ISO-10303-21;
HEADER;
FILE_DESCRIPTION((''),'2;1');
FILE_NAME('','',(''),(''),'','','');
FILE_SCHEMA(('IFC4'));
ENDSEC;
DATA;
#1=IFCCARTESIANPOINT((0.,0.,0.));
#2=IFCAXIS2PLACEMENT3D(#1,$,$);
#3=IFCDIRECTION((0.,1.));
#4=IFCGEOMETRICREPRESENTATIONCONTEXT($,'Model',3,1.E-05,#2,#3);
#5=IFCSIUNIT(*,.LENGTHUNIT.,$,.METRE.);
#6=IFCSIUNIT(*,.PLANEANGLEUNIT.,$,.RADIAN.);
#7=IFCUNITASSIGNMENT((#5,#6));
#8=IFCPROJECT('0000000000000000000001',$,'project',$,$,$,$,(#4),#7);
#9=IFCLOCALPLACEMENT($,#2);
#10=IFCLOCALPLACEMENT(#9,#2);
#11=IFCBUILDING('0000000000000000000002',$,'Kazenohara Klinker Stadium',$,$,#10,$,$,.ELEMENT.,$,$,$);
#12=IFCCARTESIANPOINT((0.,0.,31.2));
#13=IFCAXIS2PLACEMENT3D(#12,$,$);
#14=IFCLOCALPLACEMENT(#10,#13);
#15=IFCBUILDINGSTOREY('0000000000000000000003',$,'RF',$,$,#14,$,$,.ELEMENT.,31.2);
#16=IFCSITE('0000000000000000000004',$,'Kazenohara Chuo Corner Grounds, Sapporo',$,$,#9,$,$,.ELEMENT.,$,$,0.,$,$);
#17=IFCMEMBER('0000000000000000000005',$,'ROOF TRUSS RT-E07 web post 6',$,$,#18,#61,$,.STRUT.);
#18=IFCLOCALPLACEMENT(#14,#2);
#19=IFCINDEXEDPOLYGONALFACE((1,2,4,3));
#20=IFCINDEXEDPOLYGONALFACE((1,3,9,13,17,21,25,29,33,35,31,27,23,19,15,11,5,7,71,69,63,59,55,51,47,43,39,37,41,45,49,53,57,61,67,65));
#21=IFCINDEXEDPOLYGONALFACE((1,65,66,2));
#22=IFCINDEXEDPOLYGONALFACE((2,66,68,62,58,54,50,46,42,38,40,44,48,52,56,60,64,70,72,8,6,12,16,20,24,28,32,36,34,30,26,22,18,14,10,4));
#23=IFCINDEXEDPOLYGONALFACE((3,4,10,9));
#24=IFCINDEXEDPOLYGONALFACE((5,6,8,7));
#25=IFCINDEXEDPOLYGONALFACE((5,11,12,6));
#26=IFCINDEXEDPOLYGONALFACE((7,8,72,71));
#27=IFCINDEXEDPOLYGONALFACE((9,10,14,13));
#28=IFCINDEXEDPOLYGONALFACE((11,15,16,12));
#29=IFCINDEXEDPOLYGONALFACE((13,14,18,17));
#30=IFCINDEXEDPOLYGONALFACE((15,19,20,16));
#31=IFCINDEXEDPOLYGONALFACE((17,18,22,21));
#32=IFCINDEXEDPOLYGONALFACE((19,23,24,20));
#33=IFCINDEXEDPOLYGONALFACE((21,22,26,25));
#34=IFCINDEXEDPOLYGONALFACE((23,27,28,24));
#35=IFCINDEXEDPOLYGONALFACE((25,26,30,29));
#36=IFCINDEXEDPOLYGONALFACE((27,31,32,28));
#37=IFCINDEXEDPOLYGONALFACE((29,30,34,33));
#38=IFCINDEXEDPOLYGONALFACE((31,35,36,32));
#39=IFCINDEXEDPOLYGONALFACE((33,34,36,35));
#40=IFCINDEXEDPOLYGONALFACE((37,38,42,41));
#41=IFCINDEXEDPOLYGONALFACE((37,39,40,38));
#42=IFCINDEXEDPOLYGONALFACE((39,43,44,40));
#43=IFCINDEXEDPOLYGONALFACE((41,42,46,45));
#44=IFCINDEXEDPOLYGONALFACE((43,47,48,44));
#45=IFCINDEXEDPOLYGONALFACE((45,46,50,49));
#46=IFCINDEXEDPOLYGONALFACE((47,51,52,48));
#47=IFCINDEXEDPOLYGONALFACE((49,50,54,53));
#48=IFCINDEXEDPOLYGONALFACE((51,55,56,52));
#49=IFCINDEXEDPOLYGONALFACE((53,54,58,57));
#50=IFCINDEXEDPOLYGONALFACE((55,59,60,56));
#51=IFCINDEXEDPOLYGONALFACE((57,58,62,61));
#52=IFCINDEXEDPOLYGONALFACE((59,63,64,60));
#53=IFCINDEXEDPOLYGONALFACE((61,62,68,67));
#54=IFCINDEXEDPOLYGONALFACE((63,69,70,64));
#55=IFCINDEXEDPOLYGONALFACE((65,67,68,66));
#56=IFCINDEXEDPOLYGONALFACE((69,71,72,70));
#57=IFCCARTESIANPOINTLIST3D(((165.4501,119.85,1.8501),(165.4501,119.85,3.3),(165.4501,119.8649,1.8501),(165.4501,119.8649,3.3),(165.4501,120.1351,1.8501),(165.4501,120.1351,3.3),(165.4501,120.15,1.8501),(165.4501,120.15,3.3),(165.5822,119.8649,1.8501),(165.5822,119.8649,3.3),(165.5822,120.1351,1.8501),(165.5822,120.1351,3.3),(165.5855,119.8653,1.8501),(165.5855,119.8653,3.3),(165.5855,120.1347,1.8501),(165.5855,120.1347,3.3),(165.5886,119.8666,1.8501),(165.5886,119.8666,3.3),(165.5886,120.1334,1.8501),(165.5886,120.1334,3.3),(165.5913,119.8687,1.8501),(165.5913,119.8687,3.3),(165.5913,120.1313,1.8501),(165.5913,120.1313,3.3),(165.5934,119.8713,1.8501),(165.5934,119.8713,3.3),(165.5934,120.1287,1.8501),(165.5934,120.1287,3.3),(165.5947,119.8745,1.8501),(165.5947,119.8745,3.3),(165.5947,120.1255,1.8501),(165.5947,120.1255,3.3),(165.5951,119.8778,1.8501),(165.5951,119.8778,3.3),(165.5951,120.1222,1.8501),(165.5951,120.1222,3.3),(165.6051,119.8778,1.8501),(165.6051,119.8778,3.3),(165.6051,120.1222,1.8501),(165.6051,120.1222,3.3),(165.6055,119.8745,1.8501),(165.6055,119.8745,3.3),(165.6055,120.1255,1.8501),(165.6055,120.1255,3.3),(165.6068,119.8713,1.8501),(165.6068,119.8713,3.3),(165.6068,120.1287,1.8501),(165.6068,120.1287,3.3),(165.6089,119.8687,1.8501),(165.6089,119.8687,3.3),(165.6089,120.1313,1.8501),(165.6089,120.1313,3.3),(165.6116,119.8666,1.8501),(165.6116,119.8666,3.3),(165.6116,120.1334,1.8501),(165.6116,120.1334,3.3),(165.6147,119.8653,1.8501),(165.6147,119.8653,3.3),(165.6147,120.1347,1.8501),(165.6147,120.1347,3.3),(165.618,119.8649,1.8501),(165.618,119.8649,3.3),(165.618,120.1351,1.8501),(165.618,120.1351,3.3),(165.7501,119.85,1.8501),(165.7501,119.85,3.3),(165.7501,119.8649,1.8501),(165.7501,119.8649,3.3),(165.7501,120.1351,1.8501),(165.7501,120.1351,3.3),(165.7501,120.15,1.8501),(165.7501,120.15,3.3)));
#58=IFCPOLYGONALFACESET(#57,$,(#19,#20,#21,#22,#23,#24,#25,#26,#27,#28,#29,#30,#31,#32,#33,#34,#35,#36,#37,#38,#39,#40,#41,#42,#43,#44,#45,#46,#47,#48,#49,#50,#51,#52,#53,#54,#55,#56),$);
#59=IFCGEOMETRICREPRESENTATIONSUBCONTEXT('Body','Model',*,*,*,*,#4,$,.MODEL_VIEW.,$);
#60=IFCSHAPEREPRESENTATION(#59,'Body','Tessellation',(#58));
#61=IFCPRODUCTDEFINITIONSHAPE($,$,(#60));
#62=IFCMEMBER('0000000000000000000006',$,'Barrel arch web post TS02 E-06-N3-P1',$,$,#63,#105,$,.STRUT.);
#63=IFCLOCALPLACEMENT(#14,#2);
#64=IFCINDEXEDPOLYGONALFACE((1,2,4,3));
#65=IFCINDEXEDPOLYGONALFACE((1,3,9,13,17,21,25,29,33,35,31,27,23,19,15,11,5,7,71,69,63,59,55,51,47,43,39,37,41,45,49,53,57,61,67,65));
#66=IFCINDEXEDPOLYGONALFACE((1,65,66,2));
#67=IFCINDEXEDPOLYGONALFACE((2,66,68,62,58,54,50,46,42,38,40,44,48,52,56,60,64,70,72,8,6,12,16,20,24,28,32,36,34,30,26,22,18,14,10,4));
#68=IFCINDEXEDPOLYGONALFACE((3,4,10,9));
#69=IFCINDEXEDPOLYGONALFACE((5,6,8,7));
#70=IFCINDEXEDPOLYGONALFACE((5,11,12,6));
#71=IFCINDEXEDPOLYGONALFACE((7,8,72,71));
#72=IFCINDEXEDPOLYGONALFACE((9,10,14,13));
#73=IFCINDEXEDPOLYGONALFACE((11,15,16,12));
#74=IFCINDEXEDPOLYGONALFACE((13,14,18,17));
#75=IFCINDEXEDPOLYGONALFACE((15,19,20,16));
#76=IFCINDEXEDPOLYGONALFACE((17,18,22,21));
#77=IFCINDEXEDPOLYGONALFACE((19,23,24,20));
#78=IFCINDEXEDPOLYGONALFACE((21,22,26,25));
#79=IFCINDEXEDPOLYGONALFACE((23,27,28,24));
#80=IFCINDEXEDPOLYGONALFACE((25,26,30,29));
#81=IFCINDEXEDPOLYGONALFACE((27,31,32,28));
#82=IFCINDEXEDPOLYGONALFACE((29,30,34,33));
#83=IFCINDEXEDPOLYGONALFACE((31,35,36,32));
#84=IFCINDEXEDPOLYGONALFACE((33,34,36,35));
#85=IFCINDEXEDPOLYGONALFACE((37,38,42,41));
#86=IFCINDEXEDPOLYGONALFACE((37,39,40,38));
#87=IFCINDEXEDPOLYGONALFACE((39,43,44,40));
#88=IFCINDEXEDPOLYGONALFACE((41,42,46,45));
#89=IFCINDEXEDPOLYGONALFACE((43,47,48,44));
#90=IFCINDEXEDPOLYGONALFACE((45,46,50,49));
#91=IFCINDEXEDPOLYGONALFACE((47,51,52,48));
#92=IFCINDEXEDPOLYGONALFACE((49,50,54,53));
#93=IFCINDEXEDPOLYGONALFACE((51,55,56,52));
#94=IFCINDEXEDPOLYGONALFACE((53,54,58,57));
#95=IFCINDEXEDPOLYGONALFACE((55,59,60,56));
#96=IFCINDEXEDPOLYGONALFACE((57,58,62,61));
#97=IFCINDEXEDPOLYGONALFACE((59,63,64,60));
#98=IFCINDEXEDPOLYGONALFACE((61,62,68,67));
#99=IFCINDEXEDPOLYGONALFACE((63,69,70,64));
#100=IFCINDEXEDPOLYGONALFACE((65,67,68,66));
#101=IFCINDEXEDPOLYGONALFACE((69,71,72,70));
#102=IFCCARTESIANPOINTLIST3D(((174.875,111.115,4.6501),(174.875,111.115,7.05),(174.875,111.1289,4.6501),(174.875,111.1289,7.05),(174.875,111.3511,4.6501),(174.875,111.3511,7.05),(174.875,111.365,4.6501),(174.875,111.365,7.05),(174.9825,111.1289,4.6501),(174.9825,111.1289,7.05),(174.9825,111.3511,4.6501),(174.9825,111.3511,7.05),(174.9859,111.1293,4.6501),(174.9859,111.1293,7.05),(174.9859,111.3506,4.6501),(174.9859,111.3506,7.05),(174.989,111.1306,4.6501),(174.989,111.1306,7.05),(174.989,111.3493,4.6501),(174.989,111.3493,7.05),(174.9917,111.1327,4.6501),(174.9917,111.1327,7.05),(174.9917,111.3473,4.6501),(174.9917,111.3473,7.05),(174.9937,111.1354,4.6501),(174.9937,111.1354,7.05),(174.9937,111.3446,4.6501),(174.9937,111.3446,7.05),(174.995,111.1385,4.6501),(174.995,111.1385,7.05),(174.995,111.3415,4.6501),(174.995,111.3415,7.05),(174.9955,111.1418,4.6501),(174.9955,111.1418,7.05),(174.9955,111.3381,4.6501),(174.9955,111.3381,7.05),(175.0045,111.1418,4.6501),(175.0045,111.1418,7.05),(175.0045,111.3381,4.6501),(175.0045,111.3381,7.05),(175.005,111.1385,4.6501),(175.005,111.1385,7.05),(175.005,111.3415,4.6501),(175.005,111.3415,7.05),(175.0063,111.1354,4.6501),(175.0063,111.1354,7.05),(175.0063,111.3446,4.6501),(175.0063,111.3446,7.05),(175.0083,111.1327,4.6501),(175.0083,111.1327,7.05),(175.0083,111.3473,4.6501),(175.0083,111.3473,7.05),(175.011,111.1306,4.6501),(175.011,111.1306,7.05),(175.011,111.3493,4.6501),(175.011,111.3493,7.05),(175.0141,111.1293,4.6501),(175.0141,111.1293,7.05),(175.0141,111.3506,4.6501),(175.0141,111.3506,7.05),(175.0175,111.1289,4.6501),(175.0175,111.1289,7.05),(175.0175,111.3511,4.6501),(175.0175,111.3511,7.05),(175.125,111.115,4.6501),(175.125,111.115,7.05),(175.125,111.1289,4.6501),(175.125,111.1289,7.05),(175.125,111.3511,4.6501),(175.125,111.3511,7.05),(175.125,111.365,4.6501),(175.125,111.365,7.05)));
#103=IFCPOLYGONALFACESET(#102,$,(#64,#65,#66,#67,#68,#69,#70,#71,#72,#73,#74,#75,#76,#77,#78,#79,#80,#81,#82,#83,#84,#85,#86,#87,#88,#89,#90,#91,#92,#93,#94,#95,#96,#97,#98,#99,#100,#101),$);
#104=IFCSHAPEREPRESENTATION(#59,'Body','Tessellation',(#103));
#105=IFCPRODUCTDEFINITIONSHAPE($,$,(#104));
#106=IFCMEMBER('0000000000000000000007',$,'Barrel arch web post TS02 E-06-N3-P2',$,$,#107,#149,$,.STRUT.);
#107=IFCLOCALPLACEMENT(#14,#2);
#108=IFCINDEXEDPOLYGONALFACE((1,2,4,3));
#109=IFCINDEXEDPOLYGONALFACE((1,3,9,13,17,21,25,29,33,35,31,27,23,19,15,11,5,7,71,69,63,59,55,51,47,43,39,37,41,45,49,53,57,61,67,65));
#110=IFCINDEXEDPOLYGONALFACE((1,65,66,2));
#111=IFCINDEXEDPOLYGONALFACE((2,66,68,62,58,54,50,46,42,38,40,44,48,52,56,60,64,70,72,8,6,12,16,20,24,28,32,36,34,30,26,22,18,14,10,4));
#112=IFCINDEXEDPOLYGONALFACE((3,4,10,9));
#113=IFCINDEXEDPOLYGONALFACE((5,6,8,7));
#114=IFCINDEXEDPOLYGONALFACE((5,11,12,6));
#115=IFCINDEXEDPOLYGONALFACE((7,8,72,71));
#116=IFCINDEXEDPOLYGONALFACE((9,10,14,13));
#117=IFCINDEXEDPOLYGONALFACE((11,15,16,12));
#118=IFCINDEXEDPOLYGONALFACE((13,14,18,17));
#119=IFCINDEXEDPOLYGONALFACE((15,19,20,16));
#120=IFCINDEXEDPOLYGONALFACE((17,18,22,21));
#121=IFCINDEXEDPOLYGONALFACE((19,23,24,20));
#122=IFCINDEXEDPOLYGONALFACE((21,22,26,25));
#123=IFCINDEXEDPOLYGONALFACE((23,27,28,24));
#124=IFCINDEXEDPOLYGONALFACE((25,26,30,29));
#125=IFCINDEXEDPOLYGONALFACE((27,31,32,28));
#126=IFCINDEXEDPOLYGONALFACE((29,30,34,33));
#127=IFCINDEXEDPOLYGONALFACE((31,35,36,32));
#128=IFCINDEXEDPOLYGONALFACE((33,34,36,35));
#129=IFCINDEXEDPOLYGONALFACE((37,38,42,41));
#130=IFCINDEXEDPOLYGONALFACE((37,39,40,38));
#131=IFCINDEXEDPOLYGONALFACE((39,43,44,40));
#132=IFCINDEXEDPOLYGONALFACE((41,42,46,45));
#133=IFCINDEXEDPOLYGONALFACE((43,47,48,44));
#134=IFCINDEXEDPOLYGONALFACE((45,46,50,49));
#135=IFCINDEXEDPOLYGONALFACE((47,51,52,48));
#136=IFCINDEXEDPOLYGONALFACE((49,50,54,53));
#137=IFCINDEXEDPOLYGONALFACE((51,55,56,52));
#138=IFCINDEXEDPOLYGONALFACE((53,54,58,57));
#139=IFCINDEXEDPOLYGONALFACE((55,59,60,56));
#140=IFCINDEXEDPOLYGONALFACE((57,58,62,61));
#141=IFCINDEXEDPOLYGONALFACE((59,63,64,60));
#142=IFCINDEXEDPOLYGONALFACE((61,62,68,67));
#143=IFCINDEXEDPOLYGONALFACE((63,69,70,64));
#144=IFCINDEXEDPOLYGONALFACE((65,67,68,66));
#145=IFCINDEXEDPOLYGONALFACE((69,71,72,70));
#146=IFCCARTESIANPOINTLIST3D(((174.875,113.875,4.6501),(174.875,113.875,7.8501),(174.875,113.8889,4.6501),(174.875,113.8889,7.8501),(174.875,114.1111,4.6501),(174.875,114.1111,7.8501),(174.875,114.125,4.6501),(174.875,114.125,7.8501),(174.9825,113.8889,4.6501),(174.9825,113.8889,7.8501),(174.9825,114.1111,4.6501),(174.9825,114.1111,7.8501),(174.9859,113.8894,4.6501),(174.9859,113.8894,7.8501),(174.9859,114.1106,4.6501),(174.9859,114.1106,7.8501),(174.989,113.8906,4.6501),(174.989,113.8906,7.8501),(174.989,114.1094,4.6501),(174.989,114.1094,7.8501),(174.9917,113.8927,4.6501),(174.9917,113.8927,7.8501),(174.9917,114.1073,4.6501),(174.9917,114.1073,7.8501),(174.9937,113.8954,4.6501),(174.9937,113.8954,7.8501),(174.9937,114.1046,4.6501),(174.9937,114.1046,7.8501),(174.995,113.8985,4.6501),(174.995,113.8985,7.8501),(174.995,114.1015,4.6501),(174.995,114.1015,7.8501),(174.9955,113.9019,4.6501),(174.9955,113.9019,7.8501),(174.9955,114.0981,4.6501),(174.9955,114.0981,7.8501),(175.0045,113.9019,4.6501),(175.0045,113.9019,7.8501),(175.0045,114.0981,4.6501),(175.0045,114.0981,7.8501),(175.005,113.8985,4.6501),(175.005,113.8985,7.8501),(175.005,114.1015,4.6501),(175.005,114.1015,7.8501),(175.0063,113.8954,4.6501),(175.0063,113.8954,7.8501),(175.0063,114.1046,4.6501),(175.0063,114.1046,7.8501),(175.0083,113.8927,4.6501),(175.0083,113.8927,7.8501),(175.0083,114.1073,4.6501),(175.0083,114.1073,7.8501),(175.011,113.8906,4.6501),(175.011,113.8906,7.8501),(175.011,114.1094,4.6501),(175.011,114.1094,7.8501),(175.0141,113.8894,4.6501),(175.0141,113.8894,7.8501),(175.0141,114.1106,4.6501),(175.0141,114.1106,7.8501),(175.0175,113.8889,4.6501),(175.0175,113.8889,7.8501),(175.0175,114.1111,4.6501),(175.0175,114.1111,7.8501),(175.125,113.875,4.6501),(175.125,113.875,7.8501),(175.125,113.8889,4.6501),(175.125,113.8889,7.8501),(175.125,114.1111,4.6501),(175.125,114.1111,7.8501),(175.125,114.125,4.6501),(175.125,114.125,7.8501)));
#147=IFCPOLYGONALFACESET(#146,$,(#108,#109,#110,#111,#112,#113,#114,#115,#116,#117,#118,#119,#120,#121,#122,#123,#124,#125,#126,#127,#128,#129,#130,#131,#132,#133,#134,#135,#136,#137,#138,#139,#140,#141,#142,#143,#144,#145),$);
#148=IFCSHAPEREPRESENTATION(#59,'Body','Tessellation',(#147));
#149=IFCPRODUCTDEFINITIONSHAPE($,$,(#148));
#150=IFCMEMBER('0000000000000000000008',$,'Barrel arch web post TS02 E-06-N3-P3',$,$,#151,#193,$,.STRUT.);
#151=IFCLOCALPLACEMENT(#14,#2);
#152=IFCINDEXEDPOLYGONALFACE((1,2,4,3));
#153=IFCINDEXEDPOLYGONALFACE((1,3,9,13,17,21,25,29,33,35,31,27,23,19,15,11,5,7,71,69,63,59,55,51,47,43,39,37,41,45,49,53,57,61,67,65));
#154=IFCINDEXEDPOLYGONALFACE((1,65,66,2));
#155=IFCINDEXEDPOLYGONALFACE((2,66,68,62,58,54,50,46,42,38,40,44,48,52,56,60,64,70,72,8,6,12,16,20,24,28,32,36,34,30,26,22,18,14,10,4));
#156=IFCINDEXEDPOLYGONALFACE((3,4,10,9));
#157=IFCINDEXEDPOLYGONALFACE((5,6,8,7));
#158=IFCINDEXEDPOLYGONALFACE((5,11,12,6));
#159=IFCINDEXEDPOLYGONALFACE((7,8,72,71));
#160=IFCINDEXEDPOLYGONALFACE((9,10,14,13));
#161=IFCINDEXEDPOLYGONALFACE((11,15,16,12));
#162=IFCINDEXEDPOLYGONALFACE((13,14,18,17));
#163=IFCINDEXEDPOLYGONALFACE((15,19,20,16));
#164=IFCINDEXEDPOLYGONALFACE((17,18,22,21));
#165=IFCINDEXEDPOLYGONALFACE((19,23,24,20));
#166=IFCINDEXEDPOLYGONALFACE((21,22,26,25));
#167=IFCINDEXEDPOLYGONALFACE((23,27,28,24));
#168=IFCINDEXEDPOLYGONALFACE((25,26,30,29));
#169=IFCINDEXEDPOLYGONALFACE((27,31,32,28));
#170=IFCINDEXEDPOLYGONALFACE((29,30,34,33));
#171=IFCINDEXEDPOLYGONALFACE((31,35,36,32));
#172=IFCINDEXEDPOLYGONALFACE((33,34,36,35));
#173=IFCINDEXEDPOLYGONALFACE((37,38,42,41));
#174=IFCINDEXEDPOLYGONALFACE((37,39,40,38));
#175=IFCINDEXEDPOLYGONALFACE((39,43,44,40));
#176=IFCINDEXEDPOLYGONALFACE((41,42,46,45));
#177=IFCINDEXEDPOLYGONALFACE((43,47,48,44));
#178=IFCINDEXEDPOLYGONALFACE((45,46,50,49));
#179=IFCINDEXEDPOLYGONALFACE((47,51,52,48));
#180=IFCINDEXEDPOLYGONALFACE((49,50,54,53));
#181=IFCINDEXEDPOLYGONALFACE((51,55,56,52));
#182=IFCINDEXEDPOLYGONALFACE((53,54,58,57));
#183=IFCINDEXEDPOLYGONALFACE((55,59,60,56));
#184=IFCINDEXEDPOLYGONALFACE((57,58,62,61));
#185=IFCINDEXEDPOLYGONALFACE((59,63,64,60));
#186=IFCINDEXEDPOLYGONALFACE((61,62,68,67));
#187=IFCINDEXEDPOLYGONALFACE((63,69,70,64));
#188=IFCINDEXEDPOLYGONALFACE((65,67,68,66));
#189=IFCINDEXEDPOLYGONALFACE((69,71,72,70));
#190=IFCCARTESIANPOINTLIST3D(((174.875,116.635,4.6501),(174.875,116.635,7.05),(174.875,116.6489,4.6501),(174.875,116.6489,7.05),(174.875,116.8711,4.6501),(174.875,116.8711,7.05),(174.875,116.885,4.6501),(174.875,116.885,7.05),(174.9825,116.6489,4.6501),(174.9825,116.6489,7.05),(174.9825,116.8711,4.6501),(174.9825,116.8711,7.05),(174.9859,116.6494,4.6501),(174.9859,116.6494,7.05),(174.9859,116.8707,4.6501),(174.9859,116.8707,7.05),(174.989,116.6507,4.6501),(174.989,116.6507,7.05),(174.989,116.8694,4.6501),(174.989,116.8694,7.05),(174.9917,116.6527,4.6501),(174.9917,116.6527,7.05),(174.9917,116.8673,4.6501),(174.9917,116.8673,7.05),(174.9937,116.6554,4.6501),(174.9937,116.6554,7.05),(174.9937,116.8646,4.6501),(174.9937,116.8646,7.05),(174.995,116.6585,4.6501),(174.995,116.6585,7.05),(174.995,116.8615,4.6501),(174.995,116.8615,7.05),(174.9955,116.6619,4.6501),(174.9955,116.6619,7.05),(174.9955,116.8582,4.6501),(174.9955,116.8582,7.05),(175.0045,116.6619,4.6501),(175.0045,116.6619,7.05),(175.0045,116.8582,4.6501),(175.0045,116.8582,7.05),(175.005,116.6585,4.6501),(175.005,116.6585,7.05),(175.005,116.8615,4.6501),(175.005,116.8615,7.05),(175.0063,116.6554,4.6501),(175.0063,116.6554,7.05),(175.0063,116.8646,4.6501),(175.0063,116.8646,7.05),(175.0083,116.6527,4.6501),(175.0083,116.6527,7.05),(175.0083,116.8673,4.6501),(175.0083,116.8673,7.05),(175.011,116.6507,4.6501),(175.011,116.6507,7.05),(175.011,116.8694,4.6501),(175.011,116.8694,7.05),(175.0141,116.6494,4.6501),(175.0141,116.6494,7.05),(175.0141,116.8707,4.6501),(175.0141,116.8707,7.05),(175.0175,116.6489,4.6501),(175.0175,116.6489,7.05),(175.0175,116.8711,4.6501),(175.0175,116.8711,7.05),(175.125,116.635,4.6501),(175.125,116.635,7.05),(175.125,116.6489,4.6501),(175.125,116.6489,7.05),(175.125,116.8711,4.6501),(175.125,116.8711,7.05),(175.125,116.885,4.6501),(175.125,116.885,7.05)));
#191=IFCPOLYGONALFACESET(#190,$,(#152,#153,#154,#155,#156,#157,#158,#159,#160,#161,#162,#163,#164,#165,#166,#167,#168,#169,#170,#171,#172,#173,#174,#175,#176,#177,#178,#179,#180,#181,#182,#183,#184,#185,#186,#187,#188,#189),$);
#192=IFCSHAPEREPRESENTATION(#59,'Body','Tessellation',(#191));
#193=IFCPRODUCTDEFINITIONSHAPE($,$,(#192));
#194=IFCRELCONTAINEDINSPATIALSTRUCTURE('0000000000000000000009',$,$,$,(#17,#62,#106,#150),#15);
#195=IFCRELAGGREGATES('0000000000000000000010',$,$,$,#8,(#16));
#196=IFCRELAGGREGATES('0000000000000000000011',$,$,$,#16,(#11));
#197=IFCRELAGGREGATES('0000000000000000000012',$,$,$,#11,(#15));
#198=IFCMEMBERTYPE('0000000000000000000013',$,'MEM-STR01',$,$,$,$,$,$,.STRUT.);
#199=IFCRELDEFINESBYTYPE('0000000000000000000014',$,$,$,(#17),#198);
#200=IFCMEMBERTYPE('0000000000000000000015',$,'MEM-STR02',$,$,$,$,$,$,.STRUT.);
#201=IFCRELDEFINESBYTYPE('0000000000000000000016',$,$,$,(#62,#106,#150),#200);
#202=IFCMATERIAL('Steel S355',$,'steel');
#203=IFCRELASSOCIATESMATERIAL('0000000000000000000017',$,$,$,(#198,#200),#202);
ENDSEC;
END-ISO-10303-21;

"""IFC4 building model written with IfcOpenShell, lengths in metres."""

from ifc_helpers import new_model, si_unit, direction, frame, origin, origin_2d, place, context, subcontext, project, spatial, i_section, extrude, material, material_profile, profile_set, type_object, element, save


model = new_model("IFC4")

# Units and contexts
model_context = context("Model", 3, precision=1e-05, world=origin(), true_north=direction((0.0, 1.0)))
body_context = subcontext(model_context, "Body", "Model", "MODEL_VIEW")
ifc_project = project(units=[si_unit("LENGTHUNIT", "METRE"), si_unit("PLANEANGLEUNIT", "RADIAN")], contexts=[model_context])

# Site, building, storey
site_placement = place(None, origin())
site = spatial("IfcSite", under=ifc_project, at=site_placement, Name="Kazenohara Chuo Corner Grounds, Sapporo", CompositionType="ELEMENT", RefElevation=0.0)
building_placement = place(site_placement, origin())
building = spatial("IfcBuilding", under=site, at=building_placement, Name="Kazenohara Klinker Stadium", CompositionType="ELEMENT")
storey_placement = place(building_placement, frame((0.0, 0.0, 31.2)))
storey = spatial("IfcBuildingStorey", under=building, at=storey_placement, Name="RF", CompositionType="ELEMENT", Elevation=31.2)

# Members
ifc_material_1 = material(Name="Steel S355", Category="steel")
ifc_material_profile_1 = material_profile(ifc_material_1, i_section(OverallWidth=0.3, OverallDepth=0.3, WebThickness=0.01, FlangeThickness=0.0149, FilletRadius=0.0129, at=origin_2d()), Name="H-300x300x10x15")
ifc_profile_set_1 = profile_set([ifc_material_profile_1], Name="Steel S355")
member_type_1 = type_object("IfcMemberType", Name="MEM-STR01", PredefinedType="STRUT", material=ifc_profile_set_1)
member_1_placement = place(storey_placement, frame((165.6001, 120.0, 1.8501), z_axis=(0.0, 0.0, 1.0), x_axis=(1.0, 0.0, 0.0)))
element("IfcMember", 1, at=member_1_placement, inside=storey, type_object=member_type_1, Name="ROOF TRUSS RT-E07 web post 6", PredefinedType="STRUT", context=body_context, shape_type="SweptSolid", body=[
    extrude(i_section(OverallWidth=0.3, OverallDepth=0.3, WebThickness=0.01, FlangeThickness=0.0149, FilletRadius=0.0129, at=origin_2d()), origin(), (0.0, 0.0, 1.0), 1.45),
])
ifc_material_profile_2 = material_profile(ifc_material_1, i_section(OverallWidth=0.25, OverallDepth=0.25, WebThickness=0.009, FlangeThickness=0.0139, FilletRadius=0.0129, at=origin_2d()), Name="H-250x250x9x14")
ifc_profile_set_2 = profile_set([ifc_material_profile_2], Name="Steel S355")
member_type_2 = type_object("IfcMemberType", Name="MEM-STR02", PredefinedType="STRUT", material=ifc_profile_set_2)
member_2_placement = place(storey_placement, frame((175.0, 111.24, 4.6501), z_axis=(0.0, 0.0, 1.0), x_axis=(1.0, 0.0, 0.0)))
element("IfcMember", 2, at=member_2_placement, inside=storey, type_object=member_type_2, Name="Barrel arch web post TS02 E-06-N3-P1", PredefinedType="STRUT", context=body_context, shape_type="SweptSolid", body=[
    extrude(i_section(OverallWidth=0.25, OverallDepth=0.25, WebThickness=0.009, FlangeThickness=0.0139, FilletRadius=0.0129, at=origin_2d()), origin(), (0.0, 0.0, 1.0), 2.3999),
])
member_3_placement = place(storey_placement, frame((175.0, 114.0, 4.6501), z_axis=(0.0, 0.0, 1.0), x_axis=(1.0, 0.0, 0.0)))
element("IfcMember", 3, at=member_3_placement, inside=storey, type_object=member_type_2, Name="Barrel arch web post TS02 E-06-N3-P2", PredefinedType="STRUT", context=body_context, shape_type="SweptSolid", body=[
    extrude(i_section(OverallWidth=0.25, OverallDepth=0.25, WebThickness=0.009, FlangeThickness=0.0139, FilletRadius=0.0129, at=origin_2d()), origin(), (0.0, 0.0, 1.0), 3.2),
])
member_4_placement = place(storey_placement, frame((175.0, 116.76, 4.6501), z_axis=(0.0, 0.0, 1.0), x_axis=(1.0, 0.0, 0.0)))
element("IfcMember", 4, at=member_4_placement, inside=storey, type_object=member_type_2, Name="Barrel arch web post TS02 E-06-N3-P3", PredefinedType="STRUT", context=body_context, shape_type="SweptSolid", body=[
    extrude(i_section(OverallWidth=0.25, OverallDepth=0.25, WebThickness=0.009, FlangeThickness=0.0139, FilletRadius=0.0129, at=origin_2d()), origin(), (0.0, 0.0, 1.0), 2.3999),
])

save(model, "model.ifc")
